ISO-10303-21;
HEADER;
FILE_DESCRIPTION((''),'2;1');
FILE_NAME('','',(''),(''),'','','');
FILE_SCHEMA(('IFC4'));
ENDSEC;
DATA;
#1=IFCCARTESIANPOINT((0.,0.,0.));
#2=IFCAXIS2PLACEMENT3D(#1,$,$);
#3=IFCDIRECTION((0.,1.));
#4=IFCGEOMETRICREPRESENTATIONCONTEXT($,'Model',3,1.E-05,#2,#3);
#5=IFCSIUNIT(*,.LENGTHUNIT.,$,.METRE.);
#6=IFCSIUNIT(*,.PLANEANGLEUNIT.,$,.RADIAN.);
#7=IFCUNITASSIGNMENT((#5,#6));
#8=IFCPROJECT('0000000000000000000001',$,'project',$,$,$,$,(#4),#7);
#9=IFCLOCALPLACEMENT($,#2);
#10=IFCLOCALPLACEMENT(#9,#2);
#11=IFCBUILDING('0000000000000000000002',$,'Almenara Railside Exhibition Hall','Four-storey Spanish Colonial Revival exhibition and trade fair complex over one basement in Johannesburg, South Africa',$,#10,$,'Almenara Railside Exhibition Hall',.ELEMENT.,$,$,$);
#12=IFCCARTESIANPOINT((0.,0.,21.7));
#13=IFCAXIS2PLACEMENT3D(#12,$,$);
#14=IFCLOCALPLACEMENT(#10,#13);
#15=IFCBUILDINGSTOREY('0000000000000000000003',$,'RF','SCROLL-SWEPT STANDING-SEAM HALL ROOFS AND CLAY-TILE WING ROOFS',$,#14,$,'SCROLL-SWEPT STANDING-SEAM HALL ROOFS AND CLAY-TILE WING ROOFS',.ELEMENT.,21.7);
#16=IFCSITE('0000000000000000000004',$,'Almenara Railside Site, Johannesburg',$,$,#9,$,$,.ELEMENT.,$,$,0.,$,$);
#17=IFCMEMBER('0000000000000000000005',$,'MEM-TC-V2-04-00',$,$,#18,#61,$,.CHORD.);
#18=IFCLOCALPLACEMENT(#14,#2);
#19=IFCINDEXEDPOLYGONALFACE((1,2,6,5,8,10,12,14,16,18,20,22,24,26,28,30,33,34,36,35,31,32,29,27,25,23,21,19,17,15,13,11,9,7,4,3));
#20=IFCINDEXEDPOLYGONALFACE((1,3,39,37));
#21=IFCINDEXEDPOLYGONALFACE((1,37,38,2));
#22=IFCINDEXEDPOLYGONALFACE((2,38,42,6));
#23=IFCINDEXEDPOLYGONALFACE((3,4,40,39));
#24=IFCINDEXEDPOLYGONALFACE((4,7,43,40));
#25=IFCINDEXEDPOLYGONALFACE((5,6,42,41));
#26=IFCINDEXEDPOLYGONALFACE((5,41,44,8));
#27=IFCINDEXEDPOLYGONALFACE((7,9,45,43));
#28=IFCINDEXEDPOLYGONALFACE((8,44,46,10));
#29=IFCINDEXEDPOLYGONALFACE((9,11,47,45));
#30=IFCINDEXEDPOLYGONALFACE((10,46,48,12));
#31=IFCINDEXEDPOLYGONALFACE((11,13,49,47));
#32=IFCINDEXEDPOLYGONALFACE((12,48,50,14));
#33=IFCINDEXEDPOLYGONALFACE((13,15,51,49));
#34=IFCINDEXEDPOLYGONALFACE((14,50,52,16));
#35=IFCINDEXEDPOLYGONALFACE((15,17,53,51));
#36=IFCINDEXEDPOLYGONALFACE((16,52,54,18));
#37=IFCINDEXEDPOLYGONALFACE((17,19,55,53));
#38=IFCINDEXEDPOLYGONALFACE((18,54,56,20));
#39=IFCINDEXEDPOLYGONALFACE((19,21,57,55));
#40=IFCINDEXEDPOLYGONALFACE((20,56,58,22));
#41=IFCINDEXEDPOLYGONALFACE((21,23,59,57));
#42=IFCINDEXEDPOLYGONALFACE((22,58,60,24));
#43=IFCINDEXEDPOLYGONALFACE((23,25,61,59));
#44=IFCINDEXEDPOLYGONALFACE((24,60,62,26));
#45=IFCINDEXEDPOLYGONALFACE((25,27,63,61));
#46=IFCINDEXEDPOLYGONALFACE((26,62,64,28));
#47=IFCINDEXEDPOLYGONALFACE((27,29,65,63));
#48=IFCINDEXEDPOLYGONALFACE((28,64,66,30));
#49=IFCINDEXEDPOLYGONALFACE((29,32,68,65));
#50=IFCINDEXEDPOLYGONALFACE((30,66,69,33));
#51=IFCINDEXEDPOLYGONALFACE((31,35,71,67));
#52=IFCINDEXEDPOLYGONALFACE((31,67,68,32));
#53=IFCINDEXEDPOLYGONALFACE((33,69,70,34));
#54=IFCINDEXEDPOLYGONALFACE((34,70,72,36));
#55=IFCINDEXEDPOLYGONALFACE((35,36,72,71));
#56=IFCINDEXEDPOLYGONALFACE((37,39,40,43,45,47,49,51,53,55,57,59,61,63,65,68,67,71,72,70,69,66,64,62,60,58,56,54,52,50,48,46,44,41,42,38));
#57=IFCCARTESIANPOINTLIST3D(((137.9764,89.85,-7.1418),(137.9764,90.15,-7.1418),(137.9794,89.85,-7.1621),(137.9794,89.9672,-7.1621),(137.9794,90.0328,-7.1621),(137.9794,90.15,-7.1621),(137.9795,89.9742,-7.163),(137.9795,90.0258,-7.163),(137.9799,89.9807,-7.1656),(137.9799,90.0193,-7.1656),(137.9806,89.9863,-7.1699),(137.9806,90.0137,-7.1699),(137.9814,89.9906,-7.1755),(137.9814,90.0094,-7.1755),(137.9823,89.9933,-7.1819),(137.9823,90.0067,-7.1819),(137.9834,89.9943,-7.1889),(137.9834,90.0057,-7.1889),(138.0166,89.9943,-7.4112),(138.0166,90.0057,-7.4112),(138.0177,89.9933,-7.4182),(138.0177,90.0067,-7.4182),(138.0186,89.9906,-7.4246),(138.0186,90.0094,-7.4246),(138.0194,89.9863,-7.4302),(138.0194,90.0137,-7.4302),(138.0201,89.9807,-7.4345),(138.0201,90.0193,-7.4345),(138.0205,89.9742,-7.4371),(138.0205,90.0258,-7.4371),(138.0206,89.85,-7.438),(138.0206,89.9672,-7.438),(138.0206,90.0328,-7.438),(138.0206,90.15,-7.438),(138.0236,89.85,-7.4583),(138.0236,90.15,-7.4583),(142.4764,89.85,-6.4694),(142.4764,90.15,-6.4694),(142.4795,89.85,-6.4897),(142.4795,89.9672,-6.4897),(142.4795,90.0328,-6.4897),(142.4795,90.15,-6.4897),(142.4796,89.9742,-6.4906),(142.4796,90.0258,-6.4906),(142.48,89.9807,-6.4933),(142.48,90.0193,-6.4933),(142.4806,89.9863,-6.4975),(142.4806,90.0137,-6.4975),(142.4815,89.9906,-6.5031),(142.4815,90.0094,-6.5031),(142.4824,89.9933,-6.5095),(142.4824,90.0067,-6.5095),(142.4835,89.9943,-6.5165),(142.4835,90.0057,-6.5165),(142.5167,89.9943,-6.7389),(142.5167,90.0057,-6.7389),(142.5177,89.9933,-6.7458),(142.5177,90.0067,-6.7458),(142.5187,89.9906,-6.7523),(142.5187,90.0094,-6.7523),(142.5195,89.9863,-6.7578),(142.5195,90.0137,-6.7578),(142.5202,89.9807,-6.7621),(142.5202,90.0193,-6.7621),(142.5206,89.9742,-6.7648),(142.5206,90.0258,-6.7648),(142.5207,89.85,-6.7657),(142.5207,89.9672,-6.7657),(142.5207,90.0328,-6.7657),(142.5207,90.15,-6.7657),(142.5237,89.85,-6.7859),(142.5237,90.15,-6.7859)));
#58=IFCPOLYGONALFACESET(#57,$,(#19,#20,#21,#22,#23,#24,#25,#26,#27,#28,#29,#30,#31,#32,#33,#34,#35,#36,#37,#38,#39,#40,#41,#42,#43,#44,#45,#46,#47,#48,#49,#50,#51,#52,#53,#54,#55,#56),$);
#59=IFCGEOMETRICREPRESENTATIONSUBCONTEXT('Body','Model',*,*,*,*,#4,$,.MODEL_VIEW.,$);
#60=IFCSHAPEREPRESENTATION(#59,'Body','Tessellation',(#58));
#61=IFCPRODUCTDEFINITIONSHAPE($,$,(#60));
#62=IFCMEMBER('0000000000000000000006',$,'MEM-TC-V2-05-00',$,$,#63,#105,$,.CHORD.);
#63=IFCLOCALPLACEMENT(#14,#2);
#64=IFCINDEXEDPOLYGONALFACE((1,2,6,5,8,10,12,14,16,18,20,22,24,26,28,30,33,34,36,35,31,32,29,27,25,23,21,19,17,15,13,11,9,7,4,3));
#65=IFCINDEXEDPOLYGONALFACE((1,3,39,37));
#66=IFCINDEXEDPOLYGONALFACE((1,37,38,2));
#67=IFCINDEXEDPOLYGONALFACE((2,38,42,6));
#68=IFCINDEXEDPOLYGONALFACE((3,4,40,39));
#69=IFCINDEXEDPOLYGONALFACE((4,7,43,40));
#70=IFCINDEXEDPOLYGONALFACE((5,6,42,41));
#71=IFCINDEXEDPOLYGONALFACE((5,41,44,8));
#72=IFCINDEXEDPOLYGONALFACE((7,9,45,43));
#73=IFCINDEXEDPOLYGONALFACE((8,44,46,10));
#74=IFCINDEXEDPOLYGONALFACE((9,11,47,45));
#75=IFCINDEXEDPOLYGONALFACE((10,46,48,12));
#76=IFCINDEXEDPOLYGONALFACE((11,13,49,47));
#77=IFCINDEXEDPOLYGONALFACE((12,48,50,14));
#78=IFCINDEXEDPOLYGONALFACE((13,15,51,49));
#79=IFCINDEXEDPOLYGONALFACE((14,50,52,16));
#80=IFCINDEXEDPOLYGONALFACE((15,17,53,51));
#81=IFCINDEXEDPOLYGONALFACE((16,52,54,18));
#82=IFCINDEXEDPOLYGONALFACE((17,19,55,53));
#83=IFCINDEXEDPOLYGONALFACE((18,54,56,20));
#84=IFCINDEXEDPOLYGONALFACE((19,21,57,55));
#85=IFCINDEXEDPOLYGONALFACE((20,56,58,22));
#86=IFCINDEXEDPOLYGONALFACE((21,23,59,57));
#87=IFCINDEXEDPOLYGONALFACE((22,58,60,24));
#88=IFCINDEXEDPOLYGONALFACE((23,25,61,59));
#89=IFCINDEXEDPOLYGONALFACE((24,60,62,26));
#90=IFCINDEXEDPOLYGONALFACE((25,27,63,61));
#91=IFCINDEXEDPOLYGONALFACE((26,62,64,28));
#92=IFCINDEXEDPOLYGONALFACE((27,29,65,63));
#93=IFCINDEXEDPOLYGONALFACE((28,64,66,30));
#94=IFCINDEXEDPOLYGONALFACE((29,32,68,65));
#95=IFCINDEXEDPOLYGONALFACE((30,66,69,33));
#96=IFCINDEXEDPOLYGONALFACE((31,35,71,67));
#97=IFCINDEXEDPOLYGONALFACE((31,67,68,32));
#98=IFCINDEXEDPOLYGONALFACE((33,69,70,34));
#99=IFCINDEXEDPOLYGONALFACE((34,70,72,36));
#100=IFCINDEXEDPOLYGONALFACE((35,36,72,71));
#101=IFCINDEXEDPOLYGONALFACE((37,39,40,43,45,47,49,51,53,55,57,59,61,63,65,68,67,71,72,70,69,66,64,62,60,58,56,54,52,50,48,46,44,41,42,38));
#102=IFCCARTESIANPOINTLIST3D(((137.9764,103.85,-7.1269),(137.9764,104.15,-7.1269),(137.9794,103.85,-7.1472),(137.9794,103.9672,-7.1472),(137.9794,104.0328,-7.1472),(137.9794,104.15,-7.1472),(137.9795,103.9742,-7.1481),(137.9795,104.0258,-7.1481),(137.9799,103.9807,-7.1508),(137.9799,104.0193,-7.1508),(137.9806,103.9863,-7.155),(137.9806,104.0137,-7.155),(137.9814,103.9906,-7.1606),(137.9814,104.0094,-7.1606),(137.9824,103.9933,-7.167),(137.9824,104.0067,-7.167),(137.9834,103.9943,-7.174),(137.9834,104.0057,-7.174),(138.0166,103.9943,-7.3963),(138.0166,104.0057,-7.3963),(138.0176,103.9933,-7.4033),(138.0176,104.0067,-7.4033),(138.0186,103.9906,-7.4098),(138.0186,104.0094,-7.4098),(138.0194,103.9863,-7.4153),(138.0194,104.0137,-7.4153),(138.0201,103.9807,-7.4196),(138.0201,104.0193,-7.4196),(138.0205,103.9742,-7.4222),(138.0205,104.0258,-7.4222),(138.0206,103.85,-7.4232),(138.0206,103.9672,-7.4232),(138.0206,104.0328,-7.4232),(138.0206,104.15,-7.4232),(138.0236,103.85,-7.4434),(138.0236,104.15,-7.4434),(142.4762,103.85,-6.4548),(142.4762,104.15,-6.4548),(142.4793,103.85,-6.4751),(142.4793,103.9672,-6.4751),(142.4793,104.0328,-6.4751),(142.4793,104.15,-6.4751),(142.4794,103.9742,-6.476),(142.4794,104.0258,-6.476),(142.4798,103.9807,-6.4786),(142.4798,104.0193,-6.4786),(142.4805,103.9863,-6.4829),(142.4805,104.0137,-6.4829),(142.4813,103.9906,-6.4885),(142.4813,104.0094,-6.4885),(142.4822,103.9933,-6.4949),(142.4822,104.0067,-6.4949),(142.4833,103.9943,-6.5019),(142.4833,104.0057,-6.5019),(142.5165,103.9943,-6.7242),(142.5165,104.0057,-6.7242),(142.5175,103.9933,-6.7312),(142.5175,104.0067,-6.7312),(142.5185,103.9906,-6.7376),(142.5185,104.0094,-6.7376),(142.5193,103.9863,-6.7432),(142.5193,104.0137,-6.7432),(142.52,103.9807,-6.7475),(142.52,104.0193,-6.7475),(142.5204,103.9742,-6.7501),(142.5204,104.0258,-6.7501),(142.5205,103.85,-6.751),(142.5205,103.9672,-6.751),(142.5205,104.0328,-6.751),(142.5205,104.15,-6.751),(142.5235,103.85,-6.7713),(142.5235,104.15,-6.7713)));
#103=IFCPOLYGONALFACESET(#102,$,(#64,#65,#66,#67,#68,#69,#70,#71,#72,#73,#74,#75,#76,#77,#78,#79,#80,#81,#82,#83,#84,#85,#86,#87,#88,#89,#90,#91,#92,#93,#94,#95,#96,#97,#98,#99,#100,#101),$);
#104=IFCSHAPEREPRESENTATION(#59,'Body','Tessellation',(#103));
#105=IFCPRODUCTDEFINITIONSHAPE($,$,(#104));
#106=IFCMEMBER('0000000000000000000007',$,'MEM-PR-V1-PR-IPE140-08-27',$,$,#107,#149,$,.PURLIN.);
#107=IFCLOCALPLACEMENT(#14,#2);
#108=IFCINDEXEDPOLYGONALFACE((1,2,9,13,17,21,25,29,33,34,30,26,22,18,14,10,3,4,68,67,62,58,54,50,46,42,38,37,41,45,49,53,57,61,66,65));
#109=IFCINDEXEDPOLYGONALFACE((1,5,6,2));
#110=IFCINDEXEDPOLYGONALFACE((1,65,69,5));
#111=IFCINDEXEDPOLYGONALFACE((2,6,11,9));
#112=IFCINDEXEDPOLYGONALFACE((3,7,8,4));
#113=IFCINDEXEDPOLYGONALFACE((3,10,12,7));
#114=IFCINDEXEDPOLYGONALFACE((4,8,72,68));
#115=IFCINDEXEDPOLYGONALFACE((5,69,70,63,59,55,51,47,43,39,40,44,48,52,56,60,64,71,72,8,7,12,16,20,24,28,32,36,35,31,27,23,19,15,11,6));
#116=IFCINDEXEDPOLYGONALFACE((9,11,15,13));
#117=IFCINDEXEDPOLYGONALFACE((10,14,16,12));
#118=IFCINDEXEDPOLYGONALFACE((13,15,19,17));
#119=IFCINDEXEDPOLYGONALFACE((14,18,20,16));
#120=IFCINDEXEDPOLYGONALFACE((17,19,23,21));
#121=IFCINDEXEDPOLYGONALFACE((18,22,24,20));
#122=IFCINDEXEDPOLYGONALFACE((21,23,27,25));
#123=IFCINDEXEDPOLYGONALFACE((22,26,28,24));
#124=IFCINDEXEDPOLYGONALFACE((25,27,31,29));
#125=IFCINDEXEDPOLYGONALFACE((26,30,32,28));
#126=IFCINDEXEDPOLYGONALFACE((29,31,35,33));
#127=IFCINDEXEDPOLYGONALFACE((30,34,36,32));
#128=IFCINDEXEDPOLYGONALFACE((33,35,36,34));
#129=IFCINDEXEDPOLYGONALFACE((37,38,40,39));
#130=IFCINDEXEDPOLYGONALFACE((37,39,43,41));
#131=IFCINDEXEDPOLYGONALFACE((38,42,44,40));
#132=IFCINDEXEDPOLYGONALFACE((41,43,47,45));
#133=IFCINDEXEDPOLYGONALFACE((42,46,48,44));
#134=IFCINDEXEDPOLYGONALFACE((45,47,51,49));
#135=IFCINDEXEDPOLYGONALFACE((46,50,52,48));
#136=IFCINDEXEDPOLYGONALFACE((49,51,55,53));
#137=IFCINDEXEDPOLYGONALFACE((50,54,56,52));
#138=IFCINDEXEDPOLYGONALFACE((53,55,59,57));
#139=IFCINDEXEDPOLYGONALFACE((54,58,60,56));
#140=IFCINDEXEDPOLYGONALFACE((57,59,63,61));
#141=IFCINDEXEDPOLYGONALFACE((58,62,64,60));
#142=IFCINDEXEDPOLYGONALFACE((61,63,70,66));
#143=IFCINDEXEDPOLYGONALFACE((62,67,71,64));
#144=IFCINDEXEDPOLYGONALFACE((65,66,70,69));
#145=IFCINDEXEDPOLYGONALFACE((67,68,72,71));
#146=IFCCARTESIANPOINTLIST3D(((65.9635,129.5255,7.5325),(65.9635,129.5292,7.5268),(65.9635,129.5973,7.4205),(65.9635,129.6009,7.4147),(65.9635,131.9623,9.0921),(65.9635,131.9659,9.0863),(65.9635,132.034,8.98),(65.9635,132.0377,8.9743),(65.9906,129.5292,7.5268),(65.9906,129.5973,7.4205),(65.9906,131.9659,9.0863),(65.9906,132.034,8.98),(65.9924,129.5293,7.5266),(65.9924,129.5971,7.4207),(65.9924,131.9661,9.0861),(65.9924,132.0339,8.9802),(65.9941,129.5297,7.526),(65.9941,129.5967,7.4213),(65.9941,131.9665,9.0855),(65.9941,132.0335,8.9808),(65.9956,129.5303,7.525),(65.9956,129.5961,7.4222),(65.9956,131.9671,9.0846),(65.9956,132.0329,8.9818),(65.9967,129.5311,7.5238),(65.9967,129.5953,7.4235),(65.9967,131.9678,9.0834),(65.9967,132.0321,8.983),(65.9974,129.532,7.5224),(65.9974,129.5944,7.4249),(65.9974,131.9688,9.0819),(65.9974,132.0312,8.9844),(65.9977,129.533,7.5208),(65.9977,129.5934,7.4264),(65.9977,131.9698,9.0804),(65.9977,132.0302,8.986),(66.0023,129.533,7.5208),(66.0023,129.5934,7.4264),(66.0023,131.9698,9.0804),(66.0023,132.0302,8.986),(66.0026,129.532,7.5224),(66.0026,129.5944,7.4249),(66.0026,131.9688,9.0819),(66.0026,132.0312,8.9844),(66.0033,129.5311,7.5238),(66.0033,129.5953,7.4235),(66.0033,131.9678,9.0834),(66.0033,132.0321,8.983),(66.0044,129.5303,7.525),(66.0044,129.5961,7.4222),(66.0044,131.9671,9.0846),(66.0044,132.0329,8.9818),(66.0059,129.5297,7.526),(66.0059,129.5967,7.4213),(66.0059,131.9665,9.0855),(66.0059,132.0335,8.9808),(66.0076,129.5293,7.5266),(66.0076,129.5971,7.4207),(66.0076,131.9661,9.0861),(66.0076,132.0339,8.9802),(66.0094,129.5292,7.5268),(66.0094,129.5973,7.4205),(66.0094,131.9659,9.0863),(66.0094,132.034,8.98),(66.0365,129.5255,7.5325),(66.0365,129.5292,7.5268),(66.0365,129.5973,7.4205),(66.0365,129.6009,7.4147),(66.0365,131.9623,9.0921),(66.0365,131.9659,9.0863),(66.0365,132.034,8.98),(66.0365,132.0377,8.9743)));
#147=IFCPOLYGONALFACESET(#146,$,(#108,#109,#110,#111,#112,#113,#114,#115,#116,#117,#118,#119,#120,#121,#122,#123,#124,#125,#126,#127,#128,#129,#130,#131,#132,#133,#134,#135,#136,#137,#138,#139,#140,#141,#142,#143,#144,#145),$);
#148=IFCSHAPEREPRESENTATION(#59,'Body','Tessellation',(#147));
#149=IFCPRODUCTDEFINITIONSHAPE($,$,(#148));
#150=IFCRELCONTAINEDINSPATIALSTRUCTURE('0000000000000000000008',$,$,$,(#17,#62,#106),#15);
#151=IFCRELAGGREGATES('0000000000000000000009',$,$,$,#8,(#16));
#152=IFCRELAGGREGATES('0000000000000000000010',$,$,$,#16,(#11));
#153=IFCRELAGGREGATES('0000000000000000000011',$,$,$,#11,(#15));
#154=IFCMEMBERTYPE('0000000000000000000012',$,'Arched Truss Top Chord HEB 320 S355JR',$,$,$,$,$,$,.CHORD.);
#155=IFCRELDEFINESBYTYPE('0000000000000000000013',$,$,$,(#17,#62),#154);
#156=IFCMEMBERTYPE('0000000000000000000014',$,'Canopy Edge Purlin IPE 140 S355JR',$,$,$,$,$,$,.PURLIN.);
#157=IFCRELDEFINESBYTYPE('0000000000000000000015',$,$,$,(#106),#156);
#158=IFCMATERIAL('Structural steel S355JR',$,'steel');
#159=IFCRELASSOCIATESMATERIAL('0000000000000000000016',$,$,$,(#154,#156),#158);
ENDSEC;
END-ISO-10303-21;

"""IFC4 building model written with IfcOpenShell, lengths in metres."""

from ifc_helpers import new_model, si_unit, direction, frame, origin, origin_2d, place, context, subcontext, project, spatial, i_section, extrude, material, material_profile, profile_set, type_object, element, save


model = new_model("IFC4")

# Units and contexts
model_context = context("Model", 3, precision=1e-05, world=origin(), true_north=direction((0.0, 1.0)))
body_context = subcontext(model_context, "Body", "Model", "MODEL_VIEW")
ifc_project = project(units=[si_unit("LENGTHUNIT", "METRE"), si_unit("PLANEANGLEUNIT", "RADIAN")], contexts=[model_context])

# Site, building, storey
site_placement = place(None, origin())
site = spatial("IfcSite", under=ifc_project, at=site_placement, Name="Almenara Railside Site, Johannesburg", CompositionType="ELEMENT", RefElevation=0.0)
building_placement = place(site_placement, origin())
building = spatial("IfcBuilding", under=site, at=building_placement, Name="Almenara Railside Exhibition Hall", Description="Four-storey Spanish Colonial Revival exhibition and trade fair complex over one basement in Johannesburg, South Africa", LongName="Almenara Railside Exhibition Hall", CompositionType="ELEMENT")
storey_placement = place(building_placement, frame((0.0, 0.0, 21.7)))
storey = spatial("IfcBuildingStorey", under=building, at=storey_placement, Name="RF", Description="SCROLL-SWEPT STANDING-SEAM HALL ROOFS AND CLAY-TILE WING ROOFS", LongName="SCROLL-SWEPT STANDING-SEAM HALL ROOFS AND CLAY-TILE WING ROOFS", CompositionType="ELEMENT", Elevation=21.7)

# Shared definitions
ifc_material_1 = material(Name="Structural steel S355JR", Category="steel")

# Members
ifc_material_profile_1 = material_profile(ifc_material_1, i_section(OverallWidth=0.3, OverallDepth=0.3201, WebThickness=0.0115, FlangeThickness=0.0205, FilletRadius=0.0271, at=origin_2d()), Name="HEB 320")
ifc_profile_set_1 = profile_set([ifc_material_profile_1], Name="Structural steel S355JR")
member_type_1 = type_object("IfcMemberType", Name="Arched Truss Top Chord HEB 320 S355JR", PredefinedType="CHORD", material=ifc_profile_set_1)
for number, where, z_axis, x_axis, name in (
    (1, (138.0, 90.0, -7.3), (0.989021, 0.0, 0.147774), (0.0, 1.0, 0.0), "MEM-TC-V2-04-00"),
):
    element("IfcMember", number, at=place(storey_placement, frame(where, z_axis=z_axis, x_axis=x_axis)), inside=storey, type_object=member_type_1, Name=name, PredefinedType="CHORD", context=body_context, shape_type="SweptSolid", body=[
        extrude(i_section(OverallWidth=0.3, OverallDepth=0.3201, WebThickness=0.0115, FlangeThickness=0.0205, FilletRadius=0.0271, at=origin_2d()), origin(), (0.0, 0.0, 1.0), 4.55),
    ])
member_1_placement = place(storey_placement, frame((138.0, 104.0, -7.2852), z_axis=(0.989029, 0.0, 0.147721), x_axis=(0.0, 1.0, 0.0)))
element("IfcMember", 2, at=member_1_placement, inside=storey, type_object=member_type_1, Name="MEM-TC-V2-05-00", PredefinedType="CHORD", context=body_context, shape_type="SweptSolid", body=[
    extrude(i_section(OverallWidth=0.3, OverallDepth=0.3201, WebThickness=0.0115, FlangeThickness=0.0205, FilletRadius=0.0271, at=origin_2d()), origin(), (0.0, 0.0, 1.0), 4.5498),
])
ifc_material_profile_2 = material_profile(ifc_material_1, i_section(OverallWidth=0.073, OverallDepth=0.1399, WebThickness=0.0046, FlangeThickness=0.0068, FilletRadius=0.0071, at=origin_2d()), Name="IPE 140")
ifc_profile_set_2 = profile_set([ifc_material_profile_2], Name="Structural steel S355JR")
member_type_2 = type_object("IfcMemberType", Name="Canopy Edge Purlin IPE 140 S355JR", PredefinedType="PURLIN", material=ifc_profile_set_2)
member_2_placement = place(storey_placement, frame((66.0, 129.5632, 7.4736), z_axis=(0.0, 0.842265, 0.539063), x_axis=(-1.0, 0.0, 0.0)))
element("IfcMember", 3, at=member_2_placement, inside=storey, type_object=member_type_2, Name="MEM-PR-V1-PR-IPE140-08-27", PredefinedType="PURLIN", context=body_context, shape_type="SweptSolid", body=[
    extrude(i_section(OverallWidth=0.073, OverallDepth=0.1399, WebThickness=0.0046, FlangeThickness=0.0068, FilletRadius=0.0071, at=origin_2d()), origin(), (0.0, 0.0, 1.0), 2.8931),
])

save(model, "model.ifc")
